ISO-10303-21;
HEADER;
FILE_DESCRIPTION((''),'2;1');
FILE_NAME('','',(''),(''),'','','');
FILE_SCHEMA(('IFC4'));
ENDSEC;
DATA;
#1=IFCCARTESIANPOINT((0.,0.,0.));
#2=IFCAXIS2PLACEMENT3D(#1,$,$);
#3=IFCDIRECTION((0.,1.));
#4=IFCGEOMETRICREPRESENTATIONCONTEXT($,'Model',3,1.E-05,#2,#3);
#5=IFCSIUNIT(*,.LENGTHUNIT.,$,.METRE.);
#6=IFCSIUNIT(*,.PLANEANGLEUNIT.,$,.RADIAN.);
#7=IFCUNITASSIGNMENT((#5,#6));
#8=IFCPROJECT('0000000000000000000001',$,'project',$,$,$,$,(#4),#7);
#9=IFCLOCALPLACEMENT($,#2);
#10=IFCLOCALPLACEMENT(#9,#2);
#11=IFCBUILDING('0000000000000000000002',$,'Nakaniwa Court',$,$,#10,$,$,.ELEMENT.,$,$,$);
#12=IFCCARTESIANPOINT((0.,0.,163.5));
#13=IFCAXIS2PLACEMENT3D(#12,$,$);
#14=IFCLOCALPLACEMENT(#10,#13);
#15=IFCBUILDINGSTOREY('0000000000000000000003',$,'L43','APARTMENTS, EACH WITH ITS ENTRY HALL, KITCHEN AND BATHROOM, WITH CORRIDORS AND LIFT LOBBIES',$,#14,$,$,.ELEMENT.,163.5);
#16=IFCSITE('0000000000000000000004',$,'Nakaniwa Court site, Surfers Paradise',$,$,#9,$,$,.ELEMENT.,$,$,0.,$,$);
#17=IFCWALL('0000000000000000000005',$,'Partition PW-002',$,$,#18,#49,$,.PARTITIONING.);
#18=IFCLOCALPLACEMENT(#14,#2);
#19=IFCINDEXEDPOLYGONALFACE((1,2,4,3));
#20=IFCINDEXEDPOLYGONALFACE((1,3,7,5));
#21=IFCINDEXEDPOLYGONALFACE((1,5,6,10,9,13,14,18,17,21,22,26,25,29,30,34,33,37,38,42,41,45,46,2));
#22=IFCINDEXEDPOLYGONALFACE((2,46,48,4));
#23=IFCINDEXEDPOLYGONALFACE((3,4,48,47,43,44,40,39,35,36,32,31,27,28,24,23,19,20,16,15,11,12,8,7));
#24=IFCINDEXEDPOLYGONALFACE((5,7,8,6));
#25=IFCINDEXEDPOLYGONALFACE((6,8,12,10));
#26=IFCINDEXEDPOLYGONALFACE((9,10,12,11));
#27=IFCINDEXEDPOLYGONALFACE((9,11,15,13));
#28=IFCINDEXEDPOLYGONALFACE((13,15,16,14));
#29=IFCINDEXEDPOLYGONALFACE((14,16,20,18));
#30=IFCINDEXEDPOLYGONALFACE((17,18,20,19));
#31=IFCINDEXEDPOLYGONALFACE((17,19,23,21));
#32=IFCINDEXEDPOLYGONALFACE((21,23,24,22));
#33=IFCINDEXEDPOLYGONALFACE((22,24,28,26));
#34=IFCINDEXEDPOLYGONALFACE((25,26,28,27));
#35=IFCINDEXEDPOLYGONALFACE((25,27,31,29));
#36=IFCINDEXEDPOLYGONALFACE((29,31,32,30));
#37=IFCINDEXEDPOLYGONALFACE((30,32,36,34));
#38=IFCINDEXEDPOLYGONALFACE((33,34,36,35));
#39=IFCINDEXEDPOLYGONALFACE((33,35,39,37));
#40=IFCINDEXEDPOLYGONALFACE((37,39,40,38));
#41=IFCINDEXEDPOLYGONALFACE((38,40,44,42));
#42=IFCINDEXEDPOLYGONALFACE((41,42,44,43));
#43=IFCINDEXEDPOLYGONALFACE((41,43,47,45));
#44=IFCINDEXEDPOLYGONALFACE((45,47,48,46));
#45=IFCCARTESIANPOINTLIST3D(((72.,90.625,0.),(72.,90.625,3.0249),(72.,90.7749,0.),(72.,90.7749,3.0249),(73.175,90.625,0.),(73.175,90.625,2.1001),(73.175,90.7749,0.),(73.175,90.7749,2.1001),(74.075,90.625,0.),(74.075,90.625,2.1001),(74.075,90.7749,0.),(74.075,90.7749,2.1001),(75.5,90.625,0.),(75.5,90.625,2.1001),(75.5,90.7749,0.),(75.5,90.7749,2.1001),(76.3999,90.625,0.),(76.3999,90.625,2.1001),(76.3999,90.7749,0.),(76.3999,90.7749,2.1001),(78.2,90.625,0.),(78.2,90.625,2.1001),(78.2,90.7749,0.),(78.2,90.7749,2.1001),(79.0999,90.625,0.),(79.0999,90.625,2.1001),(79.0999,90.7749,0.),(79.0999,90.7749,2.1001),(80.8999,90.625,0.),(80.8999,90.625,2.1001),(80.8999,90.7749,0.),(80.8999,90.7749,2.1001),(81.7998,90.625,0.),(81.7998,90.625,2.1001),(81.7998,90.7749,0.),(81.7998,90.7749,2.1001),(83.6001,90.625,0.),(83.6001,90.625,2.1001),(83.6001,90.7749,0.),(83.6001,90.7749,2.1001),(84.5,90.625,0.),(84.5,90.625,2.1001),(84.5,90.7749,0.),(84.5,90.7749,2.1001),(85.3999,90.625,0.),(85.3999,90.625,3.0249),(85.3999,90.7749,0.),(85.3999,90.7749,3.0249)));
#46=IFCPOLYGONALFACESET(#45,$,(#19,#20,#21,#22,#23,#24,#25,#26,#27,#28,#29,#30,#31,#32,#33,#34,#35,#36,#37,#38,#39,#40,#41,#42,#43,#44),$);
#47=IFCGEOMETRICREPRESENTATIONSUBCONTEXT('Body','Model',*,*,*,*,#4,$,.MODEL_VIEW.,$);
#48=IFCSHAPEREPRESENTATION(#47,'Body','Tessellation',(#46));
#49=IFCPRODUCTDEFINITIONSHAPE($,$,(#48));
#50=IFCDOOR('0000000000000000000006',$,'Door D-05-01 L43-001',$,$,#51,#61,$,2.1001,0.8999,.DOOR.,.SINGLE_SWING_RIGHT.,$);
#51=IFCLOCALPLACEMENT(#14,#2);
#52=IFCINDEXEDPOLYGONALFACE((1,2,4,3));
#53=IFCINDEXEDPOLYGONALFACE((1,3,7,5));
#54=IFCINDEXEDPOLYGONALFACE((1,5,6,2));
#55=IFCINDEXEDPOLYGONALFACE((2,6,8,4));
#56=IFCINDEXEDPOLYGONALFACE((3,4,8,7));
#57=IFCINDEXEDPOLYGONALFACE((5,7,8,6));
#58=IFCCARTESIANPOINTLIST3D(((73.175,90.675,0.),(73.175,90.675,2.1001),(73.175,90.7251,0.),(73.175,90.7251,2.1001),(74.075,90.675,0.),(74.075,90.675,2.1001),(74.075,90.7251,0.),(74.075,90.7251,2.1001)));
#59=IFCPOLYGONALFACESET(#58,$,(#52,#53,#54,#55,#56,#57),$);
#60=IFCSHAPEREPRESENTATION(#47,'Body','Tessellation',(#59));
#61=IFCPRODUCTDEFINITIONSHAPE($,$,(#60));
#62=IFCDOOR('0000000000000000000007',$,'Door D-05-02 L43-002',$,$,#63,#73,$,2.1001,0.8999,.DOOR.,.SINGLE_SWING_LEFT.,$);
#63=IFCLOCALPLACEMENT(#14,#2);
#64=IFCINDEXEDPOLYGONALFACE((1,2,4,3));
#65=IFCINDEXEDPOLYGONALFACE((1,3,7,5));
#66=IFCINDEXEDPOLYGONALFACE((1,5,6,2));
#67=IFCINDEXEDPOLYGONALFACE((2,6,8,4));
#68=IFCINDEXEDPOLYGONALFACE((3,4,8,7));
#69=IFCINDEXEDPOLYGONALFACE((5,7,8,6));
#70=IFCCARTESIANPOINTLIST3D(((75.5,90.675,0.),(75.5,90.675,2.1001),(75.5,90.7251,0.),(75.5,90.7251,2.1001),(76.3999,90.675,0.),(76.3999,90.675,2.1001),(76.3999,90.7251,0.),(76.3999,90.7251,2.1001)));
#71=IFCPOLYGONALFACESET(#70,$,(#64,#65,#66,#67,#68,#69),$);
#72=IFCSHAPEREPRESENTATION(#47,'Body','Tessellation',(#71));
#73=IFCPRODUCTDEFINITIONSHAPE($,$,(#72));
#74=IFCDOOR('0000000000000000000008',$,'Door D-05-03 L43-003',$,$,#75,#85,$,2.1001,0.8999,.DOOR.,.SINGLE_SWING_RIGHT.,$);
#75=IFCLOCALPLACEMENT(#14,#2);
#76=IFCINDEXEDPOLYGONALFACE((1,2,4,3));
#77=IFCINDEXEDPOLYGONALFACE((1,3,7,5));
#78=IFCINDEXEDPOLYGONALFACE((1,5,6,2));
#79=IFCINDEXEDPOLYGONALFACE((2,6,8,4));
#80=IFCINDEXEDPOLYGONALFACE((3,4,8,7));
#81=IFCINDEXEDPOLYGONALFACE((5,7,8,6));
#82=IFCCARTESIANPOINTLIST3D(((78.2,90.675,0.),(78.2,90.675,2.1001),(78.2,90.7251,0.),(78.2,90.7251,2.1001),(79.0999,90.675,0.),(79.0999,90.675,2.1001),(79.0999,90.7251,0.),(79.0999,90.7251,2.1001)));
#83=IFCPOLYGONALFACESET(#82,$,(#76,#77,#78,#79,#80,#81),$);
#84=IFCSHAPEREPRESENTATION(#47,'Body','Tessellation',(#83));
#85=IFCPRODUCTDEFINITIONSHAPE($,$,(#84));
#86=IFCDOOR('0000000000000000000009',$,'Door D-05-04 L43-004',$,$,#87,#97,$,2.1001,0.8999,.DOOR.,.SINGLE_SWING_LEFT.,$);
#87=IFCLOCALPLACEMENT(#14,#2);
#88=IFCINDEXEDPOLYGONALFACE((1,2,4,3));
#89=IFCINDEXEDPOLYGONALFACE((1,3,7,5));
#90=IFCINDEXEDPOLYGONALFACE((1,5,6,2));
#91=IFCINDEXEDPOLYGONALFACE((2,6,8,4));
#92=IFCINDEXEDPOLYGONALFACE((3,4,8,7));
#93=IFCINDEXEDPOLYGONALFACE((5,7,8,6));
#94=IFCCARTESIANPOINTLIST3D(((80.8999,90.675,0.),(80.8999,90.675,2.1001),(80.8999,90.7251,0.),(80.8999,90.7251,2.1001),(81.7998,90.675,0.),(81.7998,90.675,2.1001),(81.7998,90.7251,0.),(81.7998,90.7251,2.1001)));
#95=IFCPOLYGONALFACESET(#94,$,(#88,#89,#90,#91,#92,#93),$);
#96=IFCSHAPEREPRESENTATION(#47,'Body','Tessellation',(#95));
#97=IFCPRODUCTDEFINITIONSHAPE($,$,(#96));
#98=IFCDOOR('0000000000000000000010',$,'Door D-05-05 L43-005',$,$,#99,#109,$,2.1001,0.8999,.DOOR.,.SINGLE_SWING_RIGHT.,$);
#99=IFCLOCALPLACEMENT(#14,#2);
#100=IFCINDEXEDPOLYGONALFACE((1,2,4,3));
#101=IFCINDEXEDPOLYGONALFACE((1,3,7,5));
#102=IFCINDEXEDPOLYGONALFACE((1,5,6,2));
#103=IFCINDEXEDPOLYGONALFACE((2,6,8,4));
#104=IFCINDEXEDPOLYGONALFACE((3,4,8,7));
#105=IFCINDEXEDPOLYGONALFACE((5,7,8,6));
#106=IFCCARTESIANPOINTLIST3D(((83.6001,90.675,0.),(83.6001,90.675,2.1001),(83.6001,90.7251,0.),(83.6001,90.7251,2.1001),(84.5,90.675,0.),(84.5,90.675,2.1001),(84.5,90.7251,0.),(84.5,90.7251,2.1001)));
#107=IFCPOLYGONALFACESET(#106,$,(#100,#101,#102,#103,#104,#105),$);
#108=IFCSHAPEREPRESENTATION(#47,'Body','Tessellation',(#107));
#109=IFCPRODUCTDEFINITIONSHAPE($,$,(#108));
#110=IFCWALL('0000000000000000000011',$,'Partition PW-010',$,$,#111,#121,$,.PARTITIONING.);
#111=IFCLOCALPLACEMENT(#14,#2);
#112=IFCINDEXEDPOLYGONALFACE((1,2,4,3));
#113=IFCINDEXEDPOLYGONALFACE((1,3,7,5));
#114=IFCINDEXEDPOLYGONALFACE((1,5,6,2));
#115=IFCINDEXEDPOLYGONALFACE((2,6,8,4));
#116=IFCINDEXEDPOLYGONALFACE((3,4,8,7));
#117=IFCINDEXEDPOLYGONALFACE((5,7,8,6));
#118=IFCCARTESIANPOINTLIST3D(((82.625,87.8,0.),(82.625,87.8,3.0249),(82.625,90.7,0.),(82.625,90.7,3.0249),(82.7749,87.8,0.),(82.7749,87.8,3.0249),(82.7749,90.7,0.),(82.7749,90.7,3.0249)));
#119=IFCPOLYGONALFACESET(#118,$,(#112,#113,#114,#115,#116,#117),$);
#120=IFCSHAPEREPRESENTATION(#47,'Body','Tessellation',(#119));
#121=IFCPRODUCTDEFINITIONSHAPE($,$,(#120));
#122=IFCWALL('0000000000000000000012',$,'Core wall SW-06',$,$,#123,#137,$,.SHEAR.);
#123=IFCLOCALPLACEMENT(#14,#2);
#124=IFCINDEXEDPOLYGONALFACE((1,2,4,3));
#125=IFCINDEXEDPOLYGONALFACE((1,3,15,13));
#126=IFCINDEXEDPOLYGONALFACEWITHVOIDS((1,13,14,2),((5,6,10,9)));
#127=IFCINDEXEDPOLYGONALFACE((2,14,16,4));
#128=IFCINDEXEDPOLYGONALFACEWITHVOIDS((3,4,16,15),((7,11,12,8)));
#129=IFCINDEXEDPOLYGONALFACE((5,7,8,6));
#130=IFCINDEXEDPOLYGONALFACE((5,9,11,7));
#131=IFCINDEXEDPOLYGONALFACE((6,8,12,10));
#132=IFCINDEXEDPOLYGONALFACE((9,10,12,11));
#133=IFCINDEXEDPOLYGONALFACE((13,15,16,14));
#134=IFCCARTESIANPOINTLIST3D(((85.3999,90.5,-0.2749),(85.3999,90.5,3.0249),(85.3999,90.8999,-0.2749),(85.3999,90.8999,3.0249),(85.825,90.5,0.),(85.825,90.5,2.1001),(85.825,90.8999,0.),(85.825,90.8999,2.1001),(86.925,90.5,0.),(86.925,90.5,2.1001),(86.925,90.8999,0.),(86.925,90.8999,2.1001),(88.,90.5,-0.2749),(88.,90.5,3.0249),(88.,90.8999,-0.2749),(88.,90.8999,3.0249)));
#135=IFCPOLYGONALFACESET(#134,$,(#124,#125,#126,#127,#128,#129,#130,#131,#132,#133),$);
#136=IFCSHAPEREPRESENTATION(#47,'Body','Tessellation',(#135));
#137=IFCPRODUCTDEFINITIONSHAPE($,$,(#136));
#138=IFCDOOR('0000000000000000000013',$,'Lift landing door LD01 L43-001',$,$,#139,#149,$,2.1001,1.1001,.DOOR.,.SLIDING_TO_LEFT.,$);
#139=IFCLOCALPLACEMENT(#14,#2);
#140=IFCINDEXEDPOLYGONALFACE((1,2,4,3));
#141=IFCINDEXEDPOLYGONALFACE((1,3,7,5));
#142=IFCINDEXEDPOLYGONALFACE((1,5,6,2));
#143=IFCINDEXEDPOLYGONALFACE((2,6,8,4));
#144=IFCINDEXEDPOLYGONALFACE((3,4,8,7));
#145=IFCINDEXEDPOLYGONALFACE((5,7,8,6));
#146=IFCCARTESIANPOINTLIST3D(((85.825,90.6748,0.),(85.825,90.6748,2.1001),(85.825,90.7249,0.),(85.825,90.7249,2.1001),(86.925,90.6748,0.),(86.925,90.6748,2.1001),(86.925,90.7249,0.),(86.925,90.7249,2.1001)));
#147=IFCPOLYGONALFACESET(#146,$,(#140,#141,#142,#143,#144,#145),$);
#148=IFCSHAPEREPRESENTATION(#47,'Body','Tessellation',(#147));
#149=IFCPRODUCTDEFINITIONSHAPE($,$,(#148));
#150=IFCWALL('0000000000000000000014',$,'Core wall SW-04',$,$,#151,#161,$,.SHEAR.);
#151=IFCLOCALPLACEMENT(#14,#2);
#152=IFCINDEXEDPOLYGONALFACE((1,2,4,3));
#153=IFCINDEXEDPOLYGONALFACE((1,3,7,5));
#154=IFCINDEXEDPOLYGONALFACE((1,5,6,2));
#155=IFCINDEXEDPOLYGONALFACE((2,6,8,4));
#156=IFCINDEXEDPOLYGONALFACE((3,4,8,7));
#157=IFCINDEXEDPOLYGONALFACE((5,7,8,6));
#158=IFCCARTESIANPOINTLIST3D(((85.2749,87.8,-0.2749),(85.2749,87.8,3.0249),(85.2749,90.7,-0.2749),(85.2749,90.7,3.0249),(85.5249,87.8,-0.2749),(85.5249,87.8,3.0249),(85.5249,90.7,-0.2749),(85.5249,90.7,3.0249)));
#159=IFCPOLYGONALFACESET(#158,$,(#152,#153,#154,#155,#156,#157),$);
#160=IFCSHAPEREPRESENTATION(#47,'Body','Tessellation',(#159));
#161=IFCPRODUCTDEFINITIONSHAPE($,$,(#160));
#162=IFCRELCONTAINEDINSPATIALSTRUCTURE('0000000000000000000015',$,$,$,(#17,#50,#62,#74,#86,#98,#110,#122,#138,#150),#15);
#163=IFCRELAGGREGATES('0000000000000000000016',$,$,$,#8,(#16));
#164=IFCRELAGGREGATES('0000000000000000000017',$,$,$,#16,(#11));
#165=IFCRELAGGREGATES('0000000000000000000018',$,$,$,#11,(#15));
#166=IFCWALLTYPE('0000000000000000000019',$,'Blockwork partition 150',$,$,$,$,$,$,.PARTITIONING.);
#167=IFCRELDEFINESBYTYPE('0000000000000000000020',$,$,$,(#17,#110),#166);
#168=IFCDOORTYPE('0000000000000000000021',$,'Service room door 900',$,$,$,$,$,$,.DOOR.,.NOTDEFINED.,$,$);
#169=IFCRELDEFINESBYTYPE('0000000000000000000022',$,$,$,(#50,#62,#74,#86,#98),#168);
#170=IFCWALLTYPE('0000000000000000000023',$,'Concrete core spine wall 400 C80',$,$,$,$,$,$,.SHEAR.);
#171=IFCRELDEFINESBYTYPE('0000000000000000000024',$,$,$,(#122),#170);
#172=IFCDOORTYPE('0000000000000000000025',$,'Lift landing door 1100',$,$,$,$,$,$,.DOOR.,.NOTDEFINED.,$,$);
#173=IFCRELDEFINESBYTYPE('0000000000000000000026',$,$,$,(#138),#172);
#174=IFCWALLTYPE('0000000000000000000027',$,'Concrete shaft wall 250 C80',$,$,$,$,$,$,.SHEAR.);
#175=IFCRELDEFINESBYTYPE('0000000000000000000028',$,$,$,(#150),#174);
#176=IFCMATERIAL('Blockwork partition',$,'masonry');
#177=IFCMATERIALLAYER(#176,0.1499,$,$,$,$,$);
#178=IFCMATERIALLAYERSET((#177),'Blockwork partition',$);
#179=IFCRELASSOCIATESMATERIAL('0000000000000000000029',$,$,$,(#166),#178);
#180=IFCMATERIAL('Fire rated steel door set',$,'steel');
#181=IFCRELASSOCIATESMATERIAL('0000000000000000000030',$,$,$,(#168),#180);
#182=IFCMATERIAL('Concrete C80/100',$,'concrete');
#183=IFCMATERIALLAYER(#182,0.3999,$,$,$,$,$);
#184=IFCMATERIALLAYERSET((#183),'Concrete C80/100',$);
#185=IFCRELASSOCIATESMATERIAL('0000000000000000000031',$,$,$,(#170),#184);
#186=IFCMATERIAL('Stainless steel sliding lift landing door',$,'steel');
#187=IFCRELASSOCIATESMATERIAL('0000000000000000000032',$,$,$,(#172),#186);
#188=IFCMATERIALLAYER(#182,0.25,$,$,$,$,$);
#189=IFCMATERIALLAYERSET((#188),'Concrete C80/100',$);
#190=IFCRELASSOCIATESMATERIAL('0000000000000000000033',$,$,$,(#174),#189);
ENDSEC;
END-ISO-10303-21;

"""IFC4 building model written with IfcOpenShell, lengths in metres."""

from ifc_helpers import new_model, si_unit, direction, frame, frame_2d, origin, place, context, subcontext, project, spatial, rectangle, extrude, material, layer, layer_set, type_object, element, fill, save


model = new_model("IFC4")

# Units and contexts
model_context = context("Model", 3, precision=1e-05, world=origin(), true_north=direction((0.0, 1.0)))
body_context = subcontext(model_context, "Body", "Model", "MODEL_VIEW")
ifc_project = project(units=[si_unit("LENGTHUNIT", "METRE"), si_unit("PLANEANGLEUNIT", "RADIAN")], contexts=[model_context])

# Site, building, storey
site_placement = place(None, origin())
site = spatial("IfcSite", under=ifc_project, at=site_placement, Name="Nakaniwa Court site, Surfers Paradise", CompositionType="ELEMENT", RefElevation=0.0)
building_placement = place(site_placement, origin())
building = spatial("IfcBuilding", under=site, at=building_placement, Name="Nakaniwa Court", CompositionType="ELEMENT")
storey_placement = place(building_placement, frame((0.0, 0.0, 163.5)))
storey = spatial("IfcBuildingStorey", under=building, at=storey_placement, Name="L43", Description="APARTMENTS, EACH WITH ITS ENTRY HALL, KITCHEN AND BATHROOM, WITH CORRIDORS AND LIFT LOBBIES", CompositionType="ELEMENT", Elevation=163.5)

# Shared definitions
ifc_material_1 = material(Name="Concrete C80/100", Category="concrete")

# Wall, openings, doors
ifc_material_2 = material(Name="Blockwork partition", Category="masonry")
ifc_layer_1 = layer(ifc_material_2, 0.1499)
ifc_layer_set_1 = layer_set([ifc_layer_1], Name="Blockwork partition")
wall_type_1 = type_object("IfcWallType", Name="Blockwork partition 150", PredefinedType="PARTITIONING", material=ifc_layer_set_1)
wall_1_placement = place(storey_placement, frame((85.3999, 90.7, 0.0), z_axis=(0.0, 0.0, 1.0), x_axis=(-1.0, 0.0, 0.0)))
wall_1 = element("IfcWall", 1, at=wall_1_placement, inside=storey, type_object=wall_type_1, Name="Partition PW-002", PredefinedType="PARTITIONING", context=body_context, shape_type="SweptSolid", body=[
    extrude(rectangle(XDim=13.3999, YDim=0.1499, at=frame_2d((6.7, 0.0))), origin(), (0.0, 0.0, 1.0), 3.0249),
])
opening_1_placement = place(wall_1_placement, frame((11.325, 0.0, 0.0)))
opening_1 = element("IfcOpeningElement", 2, at=opening_1_placement, cuts=wall_1, PredefinedType="OPENING", context=body_context, shape_type="SweptSolid", body=[
    extrude(rectangle(XDim=0.8999, YDim=2.1001, at=frame_2d((0.45, 1.05))), frame((0.0, 0.085, 0.0), z_axis=(0.0, -1.0, 0.0), x_axis=(1.0, 0.0, 0.0)), (0.0, 0.0, 1.0), 0.1699),
])
opening_2_placement = place(wall_1_placement, frame((9.0, 0.0, 0.0)))
opening_2 = element("IfcOpeningElement", 3, at=opening_2_placement, cuts=wall_1, PredefinedType="OPENING", context=body_context, shape_type="SweptSolid", body=[
    extrude(rectangle(XDim=0.8999, YDim=2.1001, at=frame_2d((0.45, 1.05))), frame((0.0, 0.085, 0.0), z_axis=(0.0, -1.0, 0.0), x_axis=(1.0, 0.0, 0.0)), (0.0, 0.0, 1.0), 0.1699),
])
opening_3_placement = place(wall_1_placement, frame((6.3, 0.0, 0.0)))
opening_3 = element("IfcOpeningElement", 4, at=opening_3_placement, cuts=wall_1, PredefinedType="OPENING", context=body_context, shape_type="SweptSolid", body=[
    extrude(rectangle(XDim=0.8999, YDim=2.1001, at=frame_2d((0.45, 1.05))), frame((0.0, 0.085, 0.0), z_axis=(0.0, -1.0, 0.0), x_axis=(1.0, 0.0, 0.0)), (0.0, 0.0, 1.0), 0.1699),
])
opening_4_placement = place(wall_1_placement, frame((3.6001, 0.0, 0.0)))
opening_4 = element("IfcOpeningElement", 5, at=opening_4_placement, cuts=wall_1, PredefinedType="OPENING", context=body_context, shape_type="SweptSolid", body=[
    extrude(rectangle(XDim=0.8999, YDim=2.1001, at=frame_2d((0.45, 1.05))), frame((0.0, 0.085, 0.0), z_axis=(0.0, -1.0, 0.0), x_axis=(1.0, 0.0, 0.0)), (0.0, 0.0, 1.0), 0.1699),
])
opening_5_placement = place(wall_1_placement, frame((0.8999, 0.0, 0.0)))
opening_5 = element("IfcOpeningElement", 6, at=opening_5_placement, cuts=wall_1, PredefinedType="OPENING", context=body_context, shape_type="SweptSolid", body=[
    extrude(rectangle(XDim=0.8999, YDim=2.1001, at=frame_2d((0.45, 1.05))), frame((0.0, 0.085, 0.0), z_axis=(0.0, -1.0, 0.0), x_axis=(1.0, 0.0, 0.0)), (0.0, 0.0, 1.0), 0.1699),
])
ifc_material_3 = material(Name="Fire rated steel door set", Category="steel")
door_type_1 = type_object("IfcDoorType", Name="Service room door 900", OperationType="NOTDEFINED", PredefinedType="DOOR", material=ifc_material_3)
door_1_placement = place(opening_1_placement, origin())
door_1 = element("IfcDoor", 7, at=door_1_placement, inside=storey, type_object=door_type_1, Name="Door D-05-01 L43-001", OperationType="SINGLE_SWING_RIGHT", OverallHeight=2.1001, OverallWidth=0.8999, PredefinedType="DOOR", context=body_context, shape_type="SweptSolid", body=[
    extrude(rectangle(XDim=0.8999, YDim=2.1001, at=frame_2d((0.45, 1.05))), frame((0.0, 0.0249, 0.0), z_axis=(0.0, -1.0, 0.0), x_axis=(1.0, 0.0, 0.0)), (0.0, 0.0, 1.0), 0.05),
])
fill(opening_1, door_1)
door_2_placement = place(opening_2_placement, origin())
door_2 = element("IfcDoor", 8, at=door_2_placement, inside=storey, type_object=door_type_1, Name="Door D-05-02 L43-002", OperationType="SINGLE_SWING_LEFT", OverallHeight=2.1001, OverallWidth=0.8999, PredefinedType="DOOR", context=body_context, shape_type="SweptSolid", body=[
    extrude(rectangle(XDim=0.8999, YDim=2.1001, at=frame_2d((0.45, 1.05))), frame((0.0, 0.0249, 0.0), z_axis=(0.0, -1.0, 0.0), x_axis=(1.0, 0.0, 0.0)), (0.0, 0.0, 1.0), 0.05),
])
fill(opening_2, door_2)
door_3_placement = place(opening_3_placement, origin())
door_3 = element("IfcDoor", 9, at=door_3_placement, inside=storey, type_object=door_type_1, Name="Door D-05-03 L43-003", OperationType="SINGLE_SWING_RIGHT", OverallHeight=2.1001, OverallWidth=0.8999, PredefinedType="DOOR", context=body_context, shape_type="SweptSolid", body=[
    extrude(rectangle(XDim=0.8999, YDim=2.1001, at=frame_2d((0.45, 1.05))), frame((0.0, 0.0249, 0.0), z_axis=(0.0, -1.0, 0.0), x_axis=(1.0, 0.0, 0.0)), (0.0, 0.0, 1.0), 0.05),
])
fill(opening_3, door_3)
door_4_placement = place(opening_4_placement, origin())
door_4 = element("IfcDoor", 10, at=door_4_placement, inside=storey, type_object=door_type_1, Name="Door D-05-04 L43-004", OperationType="SINGLE_SWING_LEFT", OverallHeight=2.1001, OverallWidth=0.8999, PredefinedType="DOOR", context=body_context, shape_type="SweptSolid", body=[
    extrude(rectangle(XDim=0.8999, YDim=2.1001, at=frame_2d((0.45, 1.05))), frame((0.0, 0.0249, 0.0), z_axis=(0.0, -1.0, 0.0), x_axis=(1.0, 0.0, 0.0)), (0.0, 0.0, 1.0), 0.05),
])
fill(opening_4, door_4)
door_5_placement = place(opening_5_placement, origin())
door_5 = element("IfcDoor", 11, at=door_5_placement, inside=storey, type_object=door_type_1, Name="Door D-05-05 L43-005", OperationType="SINGLE_SWING_RIGHT", OverallHeight=2.1001, OverallWidth=0.8999, PredefinedType="DOOR", context=body_context, shape_type="SweptSolid", body=[
    extrude(rectangle(XDim=0.8999, YDim=2.1001, at=frame_2d((0.45, 1.05))), frame((0.0, 0.0249, 0.0), z_axis=(0.0, -1.0, 0.0), x_axis=(1.0, 0.0, 0.0)), (0.0, 0.0, 1.0), 0.05),
])
fill(opening_5, door_5)

# Wall
wall_2_placement = place(storey_placement, frame((82.7, 87.8, 0.0), z_axis=(0.0, 0.0, 1.0), x_axis=(0.0, 1.0, 0.0)))
element("IfcWall", 12, at=wall_2_placement, inside=storey, type_object=wall_type_1, Name="Partition PW-010", PredefinedType="PARTITIONING", context=body_context, shape_type="SweptSolid", body=[
    extrude(rectangle(XDim=2.8999, YDim=0.1499, at=frame_2d((1.45, 0.0))), origin(), (0.0, 0.0, 1.0), 3.0249),
])

# Wall, opening, door
ifc_layer_2 = layer(ifc_material_1, 0.3999)
ifc_layer_set_2 = layer_set([ifc_layer_2], Name="Concrete C80/100")
wall_type_2 = type_object("IfcWallType", Name="Concrete core spine wall 400 C80", PredefinedType="SHEAR", material=ifc_layer_set_2)
wall_3_placement = place(storey_placement, frame((85.3999, 90.7, -0.2749), z_axis=(0.0, 0.0, 1.0), x_axis=(1.0, 0.0, 0.0)))
wall_3 = element("IfcWall", 13, at=wall_3_placement, inside=storey, type_object=wall_type_2, Name="Core wall SW-06", PredefinedType="SHEAR", context=body_context, shape_type="SweptSolid", body=[
    extrude(rectangle(XDim=2.6001, YDim=0.3999, at=frame_2d((1.3, 0.0))), origin(), (0.0, 0.0, 1.0), 3.2998),
])
opening_6_placement = place(wall_3_placement, frame((0.425, 0.0, 0.2749)))
opening_6 = element("IfcOpeningElement", 14, at=opening_6_placement, cuts=wall_3, PredefinedType="OPENING", context=body_context, shape_type="SweptSolid", body=[
    extrude(rectangle(XDim=1.1001, YDim=2.1001, at=frame_2d((0.55, 1.05))), frame((0.0, 0.21, 0.0), z_axis=(0.0, -1.0, 0.0), x_axis=(1.0, 0.0, 0.0)), (0.0, 0.0, 1.0), 0.4199),
])
ifc_material_4 = material(Name="Stainless steel sliding lift landing door", Category="steel")
door_type_2 = type_object("IfcDoorType", Name="Lift landing door 1100", OperationType="NOTDEFINED", PredefinedType="DOOR", material=ifc_material_4)
door_6_placement = place(opening_6_placement, origin())
door_6 = element("IfcDoor", 15, at=door_6_placement, inside=storey, type_object=door_type_2, Name="Lift landing door LD01 L43-001", OperationType="SLIDING_TO_LEFT", OverallHeight=2.1001, OverallWidth=1.1001, PredefinedType="DOOR", context=body_context, shape_type="SweptSolid", body=[
    extrude(rectangle(XDim=1.1001, YDim=2.1001, at=frame_2d((0.55, 1.05))), frame((0.0, 0.0249, 0.0), z_axis=(0.0, -1.0, 0.0), x_axis=(1.0, 0.0, 0.0)), (0.0, 0.0, 1.0), 0.05),
])
fill(opening_6, door_6)

# Wall
ifc_layer_3 = layer(ifc_material_1, 0.25)
ifc_layer_set_3 = layer_set([ifc_layer_3], Name="Concrete C80/100")
wall_type_3 = type_object("IfcWallType", Name="Concrete shaft wall 250 C80", PredefinedType="SHEAR", material=ifc_layer_set_3)
wall_4_placement = place(storey_placement, frame((85.3999, 87.8, -0.2749), z_axis=(0.0, 0.0, 1.0), x_axis=(0.0, 1.0, 0.0)))
element("IfcWall", 16, at=wall_4_placement, inside=storey, type_object=wall_type_3, Name="Core wall SW-04", PredefinedType="SHEAR", context=body_context, shape_type="SweptSolid", body=[
    extrude(rectangle(XDim=2.8999, YDim=0.25, at=frame_2d((1.45, 0.0))), origin(), (0.0, 0.0, 1.0), 3.2998),
])

save(model, "model.ifc")
